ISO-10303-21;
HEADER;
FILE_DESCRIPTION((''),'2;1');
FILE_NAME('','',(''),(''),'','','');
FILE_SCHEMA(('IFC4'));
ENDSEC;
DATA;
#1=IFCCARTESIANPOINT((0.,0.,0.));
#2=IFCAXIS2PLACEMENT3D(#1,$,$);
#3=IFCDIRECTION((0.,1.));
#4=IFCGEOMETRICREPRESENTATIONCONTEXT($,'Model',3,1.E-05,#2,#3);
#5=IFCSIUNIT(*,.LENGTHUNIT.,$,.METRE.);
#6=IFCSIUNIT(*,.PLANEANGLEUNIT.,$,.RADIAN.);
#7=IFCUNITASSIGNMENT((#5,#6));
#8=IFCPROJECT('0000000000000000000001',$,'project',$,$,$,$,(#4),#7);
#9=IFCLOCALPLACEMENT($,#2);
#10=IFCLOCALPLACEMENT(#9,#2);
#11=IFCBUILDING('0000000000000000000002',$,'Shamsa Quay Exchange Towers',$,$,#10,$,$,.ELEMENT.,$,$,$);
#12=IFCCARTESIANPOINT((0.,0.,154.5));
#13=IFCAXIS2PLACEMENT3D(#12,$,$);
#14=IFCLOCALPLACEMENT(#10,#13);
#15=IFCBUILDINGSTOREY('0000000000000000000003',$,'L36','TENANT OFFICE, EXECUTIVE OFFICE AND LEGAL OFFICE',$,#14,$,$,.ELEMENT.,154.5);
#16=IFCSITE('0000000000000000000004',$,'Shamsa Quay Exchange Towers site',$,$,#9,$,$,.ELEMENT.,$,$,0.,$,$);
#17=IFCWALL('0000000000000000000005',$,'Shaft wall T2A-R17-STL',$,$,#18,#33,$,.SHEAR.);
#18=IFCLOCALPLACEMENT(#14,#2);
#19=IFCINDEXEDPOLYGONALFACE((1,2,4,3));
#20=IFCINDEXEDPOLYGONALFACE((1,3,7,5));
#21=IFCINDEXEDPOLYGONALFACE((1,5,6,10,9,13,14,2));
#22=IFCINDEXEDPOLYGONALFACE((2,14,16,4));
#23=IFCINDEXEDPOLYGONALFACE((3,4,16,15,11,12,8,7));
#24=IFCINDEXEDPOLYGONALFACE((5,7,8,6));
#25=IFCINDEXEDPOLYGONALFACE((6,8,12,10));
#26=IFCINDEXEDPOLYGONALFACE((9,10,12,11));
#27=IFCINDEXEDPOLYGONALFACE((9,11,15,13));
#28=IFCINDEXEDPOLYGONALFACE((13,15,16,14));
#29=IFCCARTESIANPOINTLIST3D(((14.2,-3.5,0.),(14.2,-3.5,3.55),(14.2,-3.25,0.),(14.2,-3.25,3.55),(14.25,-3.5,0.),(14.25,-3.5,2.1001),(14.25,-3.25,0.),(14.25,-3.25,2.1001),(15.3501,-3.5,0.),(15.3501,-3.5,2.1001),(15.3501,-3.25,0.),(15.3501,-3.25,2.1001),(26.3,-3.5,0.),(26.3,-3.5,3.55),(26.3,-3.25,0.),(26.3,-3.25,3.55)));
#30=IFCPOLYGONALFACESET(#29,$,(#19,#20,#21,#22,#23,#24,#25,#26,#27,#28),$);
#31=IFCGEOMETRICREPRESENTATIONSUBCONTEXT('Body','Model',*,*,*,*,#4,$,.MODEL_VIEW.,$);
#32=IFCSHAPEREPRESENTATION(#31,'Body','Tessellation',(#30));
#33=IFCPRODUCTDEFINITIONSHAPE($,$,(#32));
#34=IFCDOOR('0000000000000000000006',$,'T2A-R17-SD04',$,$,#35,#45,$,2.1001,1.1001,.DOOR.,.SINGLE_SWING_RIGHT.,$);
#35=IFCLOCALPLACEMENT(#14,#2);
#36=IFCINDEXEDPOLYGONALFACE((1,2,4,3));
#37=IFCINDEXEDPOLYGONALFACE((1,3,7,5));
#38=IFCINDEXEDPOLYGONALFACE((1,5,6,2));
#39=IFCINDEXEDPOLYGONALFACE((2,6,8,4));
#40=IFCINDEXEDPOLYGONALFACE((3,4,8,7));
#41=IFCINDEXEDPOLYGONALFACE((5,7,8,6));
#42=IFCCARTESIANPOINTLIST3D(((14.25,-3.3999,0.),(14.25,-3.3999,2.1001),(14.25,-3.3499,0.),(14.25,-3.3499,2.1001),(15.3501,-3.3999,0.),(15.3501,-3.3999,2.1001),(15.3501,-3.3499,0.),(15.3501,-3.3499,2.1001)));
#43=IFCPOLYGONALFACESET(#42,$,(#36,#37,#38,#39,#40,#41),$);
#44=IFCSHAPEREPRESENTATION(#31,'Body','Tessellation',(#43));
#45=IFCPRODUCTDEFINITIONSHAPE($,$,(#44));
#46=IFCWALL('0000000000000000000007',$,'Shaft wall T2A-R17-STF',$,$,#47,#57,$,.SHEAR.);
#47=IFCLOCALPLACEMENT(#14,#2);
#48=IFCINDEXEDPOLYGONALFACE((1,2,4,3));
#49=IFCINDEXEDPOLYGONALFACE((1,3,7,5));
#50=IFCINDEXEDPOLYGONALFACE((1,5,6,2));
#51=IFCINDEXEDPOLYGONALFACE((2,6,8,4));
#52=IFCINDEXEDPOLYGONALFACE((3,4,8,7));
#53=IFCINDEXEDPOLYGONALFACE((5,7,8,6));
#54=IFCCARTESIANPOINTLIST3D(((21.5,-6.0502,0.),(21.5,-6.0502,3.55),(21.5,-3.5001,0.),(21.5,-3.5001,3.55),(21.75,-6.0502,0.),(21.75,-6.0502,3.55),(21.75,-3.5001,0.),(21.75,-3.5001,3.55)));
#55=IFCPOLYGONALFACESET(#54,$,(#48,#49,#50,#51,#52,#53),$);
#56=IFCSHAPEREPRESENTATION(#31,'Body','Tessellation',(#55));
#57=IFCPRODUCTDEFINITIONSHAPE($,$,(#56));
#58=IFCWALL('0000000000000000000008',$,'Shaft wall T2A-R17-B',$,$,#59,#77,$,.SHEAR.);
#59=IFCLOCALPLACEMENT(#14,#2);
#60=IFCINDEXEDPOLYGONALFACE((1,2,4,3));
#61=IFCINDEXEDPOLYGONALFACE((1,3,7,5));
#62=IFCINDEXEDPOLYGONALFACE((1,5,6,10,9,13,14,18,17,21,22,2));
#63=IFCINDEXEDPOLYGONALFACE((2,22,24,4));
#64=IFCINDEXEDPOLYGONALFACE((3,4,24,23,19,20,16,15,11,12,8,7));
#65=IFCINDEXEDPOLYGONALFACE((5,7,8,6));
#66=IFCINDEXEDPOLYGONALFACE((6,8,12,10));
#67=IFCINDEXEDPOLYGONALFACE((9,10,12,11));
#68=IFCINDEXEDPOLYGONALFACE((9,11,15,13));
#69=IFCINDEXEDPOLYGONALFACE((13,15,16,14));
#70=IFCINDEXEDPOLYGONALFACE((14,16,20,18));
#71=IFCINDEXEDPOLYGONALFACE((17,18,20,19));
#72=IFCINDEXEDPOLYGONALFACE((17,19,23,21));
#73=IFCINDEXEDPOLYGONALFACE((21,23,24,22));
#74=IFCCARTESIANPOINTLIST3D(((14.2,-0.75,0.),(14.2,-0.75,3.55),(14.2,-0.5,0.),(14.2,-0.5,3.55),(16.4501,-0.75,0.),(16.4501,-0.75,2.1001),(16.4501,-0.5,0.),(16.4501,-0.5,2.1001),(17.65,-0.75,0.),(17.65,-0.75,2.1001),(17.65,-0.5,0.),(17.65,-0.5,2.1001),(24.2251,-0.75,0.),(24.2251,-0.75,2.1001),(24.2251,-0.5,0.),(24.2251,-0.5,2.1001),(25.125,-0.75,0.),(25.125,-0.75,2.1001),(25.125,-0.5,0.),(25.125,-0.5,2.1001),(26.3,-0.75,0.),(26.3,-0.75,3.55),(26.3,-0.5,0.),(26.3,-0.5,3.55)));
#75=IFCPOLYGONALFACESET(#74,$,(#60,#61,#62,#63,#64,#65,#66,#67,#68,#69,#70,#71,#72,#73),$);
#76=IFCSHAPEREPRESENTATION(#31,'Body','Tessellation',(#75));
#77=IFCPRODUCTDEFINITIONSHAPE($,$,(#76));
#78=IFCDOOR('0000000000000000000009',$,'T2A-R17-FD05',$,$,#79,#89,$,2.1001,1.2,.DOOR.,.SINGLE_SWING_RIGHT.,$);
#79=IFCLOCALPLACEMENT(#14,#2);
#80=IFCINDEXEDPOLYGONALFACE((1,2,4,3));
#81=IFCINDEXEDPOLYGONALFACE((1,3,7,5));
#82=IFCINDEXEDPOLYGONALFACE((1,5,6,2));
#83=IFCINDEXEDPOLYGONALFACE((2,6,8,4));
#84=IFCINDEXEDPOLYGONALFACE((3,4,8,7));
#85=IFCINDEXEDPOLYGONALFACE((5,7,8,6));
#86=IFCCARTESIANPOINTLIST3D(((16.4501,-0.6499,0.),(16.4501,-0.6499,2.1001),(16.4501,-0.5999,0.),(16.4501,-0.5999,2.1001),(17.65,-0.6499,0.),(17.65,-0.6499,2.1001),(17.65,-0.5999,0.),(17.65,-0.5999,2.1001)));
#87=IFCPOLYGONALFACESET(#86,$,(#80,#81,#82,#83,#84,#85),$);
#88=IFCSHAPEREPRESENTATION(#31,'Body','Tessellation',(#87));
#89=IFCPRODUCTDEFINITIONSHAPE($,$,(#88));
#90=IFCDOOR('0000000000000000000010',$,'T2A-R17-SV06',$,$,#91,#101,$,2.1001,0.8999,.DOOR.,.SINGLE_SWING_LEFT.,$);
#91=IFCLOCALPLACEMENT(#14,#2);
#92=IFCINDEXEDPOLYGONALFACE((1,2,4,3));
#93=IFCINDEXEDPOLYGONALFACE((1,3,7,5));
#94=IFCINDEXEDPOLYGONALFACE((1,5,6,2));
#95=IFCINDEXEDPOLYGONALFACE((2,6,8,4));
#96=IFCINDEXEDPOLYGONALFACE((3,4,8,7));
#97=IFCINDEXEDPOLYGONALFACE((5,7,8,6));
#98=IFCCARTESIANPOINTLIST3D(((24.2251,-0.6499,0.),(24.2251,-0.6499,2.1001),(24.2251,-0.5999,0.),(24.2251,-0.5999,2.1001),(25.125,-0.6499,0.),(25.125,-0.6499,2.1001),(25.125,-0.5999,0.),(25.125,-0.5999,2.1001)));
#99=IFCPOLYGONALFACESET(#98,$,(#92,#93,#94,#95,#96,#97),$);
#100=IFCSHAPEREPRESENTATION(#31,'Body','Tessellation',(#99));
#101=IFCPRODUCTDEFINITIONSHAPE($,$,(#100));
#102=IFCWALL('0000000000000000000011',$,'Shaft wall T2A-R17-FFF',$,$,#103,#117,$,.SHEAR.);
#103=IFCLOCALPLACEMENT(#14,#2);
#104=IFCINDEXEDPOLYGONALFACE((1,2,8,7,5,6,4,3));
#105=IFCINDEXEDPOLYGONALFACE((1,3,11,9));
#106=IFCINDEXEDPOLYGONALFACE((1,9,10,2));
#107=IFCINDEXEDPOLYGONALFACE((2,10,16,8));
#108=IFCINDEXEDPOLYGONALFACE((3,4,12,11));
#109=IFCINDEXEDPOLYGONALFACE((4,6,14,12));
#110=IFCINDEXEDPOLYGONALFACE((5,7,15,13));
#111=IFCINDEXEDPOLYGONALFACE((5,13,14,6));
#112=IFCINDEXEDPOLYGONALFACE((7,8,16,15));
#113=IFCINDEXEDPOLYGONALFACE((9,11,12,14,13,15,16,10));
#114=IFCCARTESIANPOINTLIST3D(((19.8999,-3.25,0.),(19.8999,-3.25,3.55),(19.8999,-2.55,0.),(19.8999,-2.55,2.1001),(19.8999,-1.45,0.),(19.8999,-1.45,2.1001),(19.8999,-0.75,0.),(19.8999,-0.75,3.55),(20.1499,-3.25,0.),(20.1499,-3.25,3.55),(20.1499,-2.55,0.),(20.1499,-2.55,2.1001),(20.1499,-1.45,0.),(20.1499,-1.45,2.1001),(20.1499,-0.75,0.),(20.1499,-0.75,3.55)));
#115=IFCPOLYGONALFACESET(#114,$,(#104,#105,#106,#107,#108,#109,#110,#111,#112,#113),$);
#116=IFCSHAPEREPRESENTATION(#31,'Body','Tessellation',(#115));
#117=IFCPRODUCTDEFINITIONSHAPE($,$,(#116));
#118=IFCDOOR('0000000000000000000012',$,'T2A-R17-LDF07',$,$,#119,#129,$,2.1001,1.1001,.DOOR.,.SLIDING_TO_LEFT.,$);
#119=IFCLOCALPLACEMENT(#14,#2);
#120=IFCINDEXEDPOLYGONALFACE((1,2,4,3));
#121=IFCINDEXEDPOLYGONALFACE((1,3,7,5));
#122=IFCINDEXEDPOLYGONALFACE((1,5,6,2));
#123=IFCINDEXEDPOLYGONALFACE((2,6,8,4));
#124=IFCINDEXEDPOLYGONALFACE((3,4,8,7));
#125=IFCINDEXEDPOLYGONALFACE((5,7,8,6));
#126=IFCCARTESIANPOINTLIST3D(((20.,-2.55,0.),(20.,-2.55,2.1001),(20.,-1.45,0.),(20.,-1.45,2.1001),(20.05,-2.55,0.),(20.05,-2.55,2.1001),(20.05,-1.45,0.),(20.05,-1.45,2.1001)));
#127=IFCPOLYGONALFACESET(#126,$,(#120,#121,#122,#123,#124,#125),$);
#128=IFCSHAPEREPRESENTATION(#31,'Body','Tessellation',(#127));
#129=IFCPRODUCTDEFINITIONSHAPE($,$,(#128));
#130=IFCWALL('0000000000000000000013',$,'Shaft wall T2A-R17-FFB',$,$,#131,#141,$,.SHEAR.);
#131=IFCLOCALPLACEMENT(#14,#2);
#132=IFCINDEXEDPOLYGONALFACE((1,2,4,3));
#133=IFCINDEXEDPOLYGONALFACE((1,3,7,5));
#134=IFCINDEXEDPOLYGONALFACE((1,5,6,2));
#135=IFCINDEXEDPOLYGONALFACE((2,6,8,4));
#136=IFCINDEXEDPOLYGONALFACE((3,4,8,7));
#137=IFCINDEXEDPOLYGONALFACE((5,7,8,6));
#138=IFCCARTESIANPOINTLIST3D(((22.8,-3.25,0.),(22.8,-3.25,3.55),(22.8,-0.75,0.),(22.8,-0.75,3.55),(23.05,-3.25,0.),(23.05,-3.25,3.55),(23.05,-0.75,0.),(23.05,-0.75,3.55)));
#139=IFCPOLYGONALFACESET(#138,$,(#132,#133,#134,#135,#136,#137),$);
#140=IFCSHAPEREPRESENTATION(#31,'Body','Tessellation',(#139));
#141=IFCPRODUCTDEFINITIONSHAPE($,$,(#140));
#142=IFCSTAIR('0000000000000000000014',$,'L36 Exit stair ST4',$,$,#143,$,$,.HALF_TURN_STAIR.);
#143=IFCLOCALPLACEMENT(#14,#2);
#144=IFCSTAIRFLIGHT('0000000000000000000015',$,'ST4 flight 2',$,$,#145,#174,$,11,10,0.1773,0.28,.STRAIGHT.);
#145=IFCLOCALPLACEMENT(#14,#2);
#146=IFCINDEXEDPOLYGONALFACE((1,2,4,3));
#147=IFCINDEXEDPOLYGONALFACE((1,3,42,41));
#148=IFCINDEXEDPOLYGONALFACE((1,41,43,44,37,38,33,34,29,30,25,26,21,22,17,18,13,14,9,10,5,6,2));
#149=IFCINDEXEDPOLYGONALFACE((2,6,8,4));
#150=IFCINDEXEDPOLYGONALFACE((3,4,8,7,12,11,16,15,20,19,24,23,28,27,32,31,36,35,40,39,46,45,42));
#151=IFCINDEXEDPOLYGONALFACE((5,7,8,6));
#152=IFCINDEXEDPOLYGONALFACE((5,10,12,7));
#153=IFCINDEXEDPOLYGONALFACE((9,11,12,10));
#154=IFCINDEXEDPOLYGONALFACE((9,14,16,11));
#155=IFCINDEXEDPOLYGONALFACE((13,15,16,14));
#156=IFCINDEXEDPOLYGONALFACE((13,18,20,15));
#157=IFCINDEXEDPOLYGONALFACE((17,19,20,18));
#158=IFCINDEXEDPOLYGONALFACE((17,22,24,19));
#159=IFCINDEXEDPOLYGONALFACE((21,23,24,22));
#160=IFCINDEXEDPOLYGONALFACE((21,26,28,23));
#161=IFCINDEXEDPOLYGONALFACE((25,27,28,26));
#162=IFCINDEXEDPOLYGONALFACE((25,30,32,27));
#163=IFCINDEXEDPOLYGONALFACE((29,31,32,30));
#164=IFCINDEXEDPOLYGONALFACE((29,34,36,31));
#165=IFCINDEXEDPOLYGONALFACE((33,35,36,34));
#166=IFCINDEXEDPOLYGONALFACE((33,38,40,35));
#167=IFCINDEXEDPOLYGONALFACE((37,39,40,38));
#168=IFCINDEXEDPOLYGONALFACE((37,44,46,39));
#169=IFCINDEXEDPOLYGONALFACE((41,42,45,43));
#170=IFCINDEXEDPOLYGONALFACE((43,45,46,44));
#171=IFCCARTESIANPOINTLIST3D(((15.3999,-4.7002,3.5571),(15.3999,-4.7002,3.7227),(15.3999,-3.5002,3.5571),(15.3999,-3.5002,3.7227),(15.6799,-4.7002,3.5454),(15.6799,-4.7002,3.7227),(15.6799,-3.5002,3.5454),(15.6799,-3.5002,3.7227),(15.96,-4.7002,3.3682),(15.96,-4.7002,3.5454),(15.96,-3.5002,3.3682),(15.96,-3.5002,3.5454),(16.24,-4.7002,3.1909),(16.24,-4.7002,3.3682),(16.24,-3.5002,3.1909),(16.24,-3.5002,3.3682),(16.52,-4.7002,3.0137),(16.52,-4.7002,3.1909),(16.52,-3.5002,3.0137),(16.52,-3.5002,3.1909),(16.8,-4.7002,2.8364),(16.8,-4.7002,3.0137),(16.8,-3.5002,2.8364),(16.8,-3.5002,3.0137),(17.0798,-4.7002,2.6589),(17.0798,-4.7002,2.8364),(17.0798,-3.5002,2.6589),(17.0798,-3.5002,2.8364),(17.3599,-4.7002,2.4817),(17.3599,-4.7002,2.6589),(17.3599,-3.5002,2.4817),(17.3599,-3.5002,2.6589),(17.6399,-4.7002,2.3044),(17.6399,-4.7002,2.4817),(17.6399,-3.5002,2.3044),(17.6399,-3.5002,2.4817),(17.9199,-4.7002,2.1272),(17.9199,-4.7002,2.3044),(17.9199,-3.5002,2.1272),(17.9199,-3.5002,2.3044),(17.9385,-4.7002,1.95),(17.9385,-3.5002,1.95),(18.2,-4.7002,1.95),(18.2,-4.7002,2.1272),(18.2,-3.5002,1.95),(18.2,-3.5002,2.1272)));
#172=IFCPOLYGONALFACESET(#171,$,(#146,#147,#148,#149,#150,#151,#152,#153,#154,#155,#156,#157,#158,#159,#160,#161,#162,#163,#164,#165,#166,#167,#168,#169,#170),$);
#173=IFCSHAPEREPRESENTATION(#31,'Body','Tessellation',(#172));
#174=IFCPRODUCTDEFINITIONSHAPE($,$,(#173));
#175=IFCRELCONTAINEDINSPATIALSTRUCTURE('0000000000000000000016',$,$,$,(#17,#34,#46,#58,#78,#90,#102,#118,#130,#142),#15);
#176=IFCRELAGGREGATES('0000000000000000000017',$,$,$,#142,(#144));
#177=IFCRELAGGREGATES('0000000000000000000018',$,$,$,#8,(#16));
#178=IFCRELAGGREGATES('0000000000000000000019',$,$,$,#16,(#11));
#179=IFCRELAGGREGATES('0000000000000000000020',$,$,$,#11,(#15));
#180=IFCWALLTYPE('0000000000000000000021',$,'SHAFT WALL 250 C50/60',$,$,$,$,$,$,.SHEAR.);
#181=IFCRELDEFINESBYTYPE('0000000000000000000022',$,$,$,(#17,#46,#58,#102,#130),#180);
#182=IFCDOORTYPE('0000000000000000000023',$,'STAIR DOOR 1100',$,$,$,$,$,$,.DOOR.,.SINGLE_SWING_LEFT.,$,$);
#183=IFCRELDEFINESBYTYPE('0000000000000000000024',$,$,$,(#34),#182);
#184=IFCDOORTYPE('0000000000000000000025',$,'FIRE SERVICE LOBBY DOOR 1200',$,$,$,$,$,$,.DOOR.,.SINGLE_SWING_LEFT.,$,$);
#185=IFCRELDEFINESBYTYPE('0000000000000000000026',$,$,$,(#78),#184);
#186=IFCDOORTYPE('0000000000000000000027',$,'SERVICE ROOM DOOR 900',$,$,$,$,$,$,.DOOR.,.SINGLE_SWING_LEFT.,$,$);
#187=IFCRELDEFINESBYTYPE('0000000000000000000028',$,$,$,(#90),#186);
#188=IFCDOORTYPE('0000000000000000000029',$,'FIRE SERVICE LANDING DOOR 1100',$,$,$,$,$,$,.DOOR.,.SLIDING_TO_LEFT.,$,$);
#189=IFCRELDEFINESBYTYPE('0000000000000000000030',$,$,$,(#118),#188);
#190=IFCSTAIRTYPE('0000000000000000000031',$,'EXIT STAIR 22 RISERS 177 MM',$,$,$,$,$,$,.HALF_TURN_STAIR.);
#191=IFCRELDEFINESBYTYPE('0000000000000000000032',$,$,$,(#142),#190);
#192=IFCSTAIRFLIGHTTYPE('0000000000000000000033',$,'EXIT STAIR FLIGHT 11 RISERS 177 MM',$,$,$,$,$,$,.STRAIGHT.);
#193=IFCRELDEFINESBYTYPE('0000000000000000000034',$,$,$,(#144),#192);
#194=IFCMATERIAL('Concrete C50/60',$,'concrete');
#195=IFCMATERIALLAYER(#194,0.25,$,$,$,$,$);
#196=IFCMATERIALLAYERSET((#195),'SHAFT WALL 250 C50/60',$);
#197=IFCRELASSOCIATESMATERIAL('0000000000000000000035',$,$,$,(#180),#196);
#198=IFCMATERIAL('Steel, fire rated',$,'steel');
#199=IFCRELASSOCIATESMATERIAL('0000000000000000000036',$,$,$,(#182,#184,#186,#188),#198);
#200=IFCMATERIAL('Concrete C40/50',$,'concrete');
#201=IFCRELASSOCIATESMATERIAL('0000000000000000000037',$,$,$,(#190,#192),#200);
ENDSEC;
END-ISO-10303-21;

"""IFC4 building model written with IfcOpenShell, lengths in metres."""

from ifc_helpers import new_model, si_unit, direction, frame, frame_2d, origin, place, context, subcontext, project, spatial, polyline, rectangle, outline, extrude, material, layer, layer_set, type_object, element, fill, aggregate, save


model = new_model("IFC4")

# Units and contexts
model_context = context("Model", 3, precision=1e-05, world=origin(), true_north=direction((0.0, 1.0)))
body_context = subcontext(model_context, "Body", "Model", "MODEL_VIEW")
ifc_project = project(units=[si_unit("LENGTHUNIT", "METRE"), si_unit("PLANEANGLEUNIT", "RADIAN")], contexts=[model_context])

# Site, building, storey
site_placement = place(None, origin())
site = spatial("IfcSite", under=ifc_project, at=site_placement, Name="Shamsa Quay Exchange Towers site", CompositionType="ELEMENT", RefElevation=0.0)
building_placement = place(site_placement, origin())
building = spatial("IfcBuilding", under=site, at=building_placement, Name="Shamsa Quay Exchange Towers", CompositionType="ELEMENT")
storey_placement = place(building_placement, frame((0.0, 0.0, 154.5)))
storey = spatial("IfcBuildingStorey", under=building, at=storey_placement, Name="L36", Description="TENANT OFFICE, EXECUTIVE OFFICE AND LEGAL OFFICE", CompositionType="ELEMENT", Elevation=154.5)

# Wall, opening, door
ifc_material_1 = material(Name="Concrete C50/60", Category="concrete")
ifc_layer_1 = layer(ifc_material_1, 0.25)
ifc_layer_set_1 = layer_set([ifc_layer_1], Name="SHAFT WALL 250 C50/60")
wall_type_1 = type_object("IfcWallType", Name="SHAFT WALL 250 C50/60", PredefinedType="SHEAR", material=ifc_layer_set_1)
wall_1_placement = place(storey_placement, frame((26.3, -3.375, 0.0), z_axis=(0.0, 0.0, 1.0), x_axis=(-1.0, 0.0, 0.0)))
wall_1 = element("IfcWall", 1, at=wall_1_placement, inside=storey, type_object=wall_type_1, Name="Shaft wall T2A-R17-STL", PredefinedType="SHEAR", context=body_context, shape_type="SweptSolid", body=[
    extrude(rectangle(XDim=12.1001, YDim=0.25, at=frame_2d((6.05, 0.0))), origin(), (0.0, 0.0, 1.0), 3.55),
])
opening_1_placement = place(wall_1_placement, frame((10.95, 0.0, 0.0)))
opening_1 = element("IfcOpeningElement", 2, at=opening_1_placement, cuts=wall_1, PredefinedType="OPENING", context=body_context, shape_type="SweptSolid", body=[
    extrude(rectangle(XDim=1.1001, YDim=2.1001, at=frame_2d((0.55, 1.05))), frame((0.0, 0.135, 0.0), z_axis=(0.0, -1.0, 0.0), x_axis=(1.0, 0.0, 0.0)), (0.0, 0.0, 1.0), 0.27),
])
ifc_material_2 = material(Name="Steel, fire rated", Category="steel")
door_type_1 = type_object("IfcDoorType", Name="STAIR DOOR 1100", OperationType="SINGLE_SWING_LEFT", PredefinedType="DOOR", material=ifc_material_2)
door_1_placement = place(opening_1_placement, origin())
door_1 = element("IfcDoor", 3, at=door_1_placement, inside=storey, type_object=door_type_1, Name="T2A-R17-SD04", OperationType="SINGLE_SWING_RIGHT", OverallHeight=2.1001, OverallWidth=1.1001, PredefinedType="DOOR", context=body_context, shape_type="SweptSolid", body=[
    extrude(rectangle(XDim=1.1001, YDim=2.1001, at=frame_2d((0.55, 1.05))), frame((0.0, 0.0249, 0.0), z_axis=(0.0, -1.0, 0.0), x_axis=(1.0, 0.0, 0.0)), (0.0, 0.0, 1.0), 0.05),
])
fill(opening_1, door_1)

# Wall
wall_2_placement = place(storey_placement, frame((21.625, -6.05, 0.0), z_axis=(0.0, 0.0, 1.0), x_axis=(0.0, 1.0, 0.0)))
element("IfcWall", 4, at=wall_2_placement, inside=storey, type_object=wall_type_1, Name="Shaft wall T2A-R17-STF", PredefinedType="SHEAR", context=body_context, shape_type="SweptSolid", body=[
    extrude(rectangle(XDim=2.55, YDim=0.25, at=frame_2d((1.2749, 0.0))), origin(), (0.0, 0.0, 1.0), 3.55),
])

# Wall, openings, doors
wall_3_placement = place(storey_placement, frame((26.3, -0.625, 0.0), z_axis=(0.0, 0.0, 1.0), x_axis=(-1.0, 0.0, 0.0)))
wall_3 = element("IfcWall", 5, at=wall_3_placement, inside=storey, type_object=wall_type_1, Name="Shaft wall T2A-R17-B", PredefinedType="SHEAR", context=body_context, shape_type="SweptSolid", body=[
    extrude(rectangle(XDim=12.1001, YDim=0.25, at=frame_2d((6.05, 0.0))), origin(), (0.0, 0.0, 1.0), 3.55),
])
opening_2_placement = place(wall_3_placement, frame((8.6499, 0.0, 0.0)))
opening_2 = element("IfcOpeningElement", 6, at=opening_2_placement, cuts=wall_3, PredefinedType="OPENING", context=body_context, shape_type="SweptSolid", body=[
    extrude(rectangle(XDim=1.2, YDim=2.1001, at=frame_2d((0.6001, 1.05))), frame((0.0, 0.135, 0.0), z_axis=(0.0, -1.0, 0.0), x_axis=(1.0, 0.0, 0.0)), (0.0, 0.0, 1.0), 0.27),
])
opening_3_placement = place(wall_3_placement, frame((1.175, 0.0, 0.0)))
opening_3 = element("IfcOpeningElement", 7, at=opening_3_placement, cuts=wall_3, PredefinedType="OPENING", context=body_context, shape_type="SweptSolid", body=[
    extrude(rectangle(XDim=0.8999, YDim=2.1001, at=frame_2d((0.45, 1.05))), frame((0.0, 0.135, 0.0), z_axis=(0.0, -1.0, 0.0), x_axis=(1.0, 0.0, 0.0)), (0.0, 0.0, 1.0), 0.27),
])
door_type_2 = type_object("IfcDoorType", Name="FIRE SERVICE LOBBY DOOR 1200", OperationType="SINGLE_SWING_LEFT", PredefinedType="DOOR", material=ifc_material_2)
door_2_placement = place(opening_2_placement, origin())
door_2 = element("IfcDoor", 8, at=door_2_placement, inside=storey, type_object=door_type_2, Name="T2A-R17-FD05", OperationType="SINGLE_SWING_RIGHT", OverallHeight=2.1001, OverallWidth=1.2, PredefinedType="DOOR", context=body_context, shape_type="SweptSolid", body=[
    extrude(rectangle(XDim=1.2, YDim=2.1001, at=frame_2d((0.6001, 1.05))), frame((0.0, 0.0249, 0.0), z_axis=(0.0, -1.0, 0.0), x_axis=(1.0, 0.0, 0.0)), (0.0, 0.0, 1.0), 0.05),
])
fill(opening_2, door_2)
door_type_3 = type_object("IfcDoorType", Name="SERVICE ROOM DOOR 900", OperationType="SINGLE_SWING_LEFT", PredefinedType="DOOR", material=ifc_material_2)
door_3_placement = place(opening_3_placement, origin())
door_3 = element("IfcDoor", 9, at=door_3_placement, inside=storey, type_object=door_type_3, Name="T2A-R17-SV06", OperationType="SINGLE_SWING_LEFT", OverallHeight=2.1001, OverallWidth=0.8999, PredefinedType="DOOR", context=body_context, shape_type="SweptSolid", body=[
    extrude(rectangle(XDim=0.8999, YDim=2.1001, at=frame_2d((0.45, 1.05))), frame((0.0, 0.0249, 0.0), z_axis=(0.0, -1.0, 0.0), x_axis=(1.0, 0.0, 0.0)), (0.0, 0.0, 1.0), 0.05),
])
fill(opening_3, door_3)

# Wall, opening, door
wall_4_placement = place(storey_placement, frame((20.0249, -3.25, 0.0), z_axis=(0.0, 0.0, 1.0), x_axis=(0.0, 1.0, 0.0)))
wall_4 = element("IfcWall", 10, at=wall_4_placement, inside=storey, type_object=wall_type_1, Name="Shaft wall T2A-R17-FFF", PredefinedType="SHEAR", context=body_context, shape_type="SweptSolid", body=[
    extrude(rectangle(XDim=2.5, YDim=0.25, at=frame_2d((1.25, 0.0))), origin(), (0.0, 0.0, 1.0), 3.55),
])
opening_4_placement = place(wall_4_placement, frame((0.7, 0.0, 0.0)))
opening_4 = element("IfcOpeningElement", 11, at=opening_4_placement, cuts=wall_4, PredefinedType="OPENING", context=body_context, shape_type="SweptSolid", body=[
    extrude(rectangle(XDim=1.1001, YDim=2.1001, at=frame_2d((0.55, 1.05))), frame((0.0, 0.135, 0.0), z_axis=(0.0, -1.0, 0.0), x_axis=(1.0, 0.0, 0.0)), (0.0, 0.0, 1.0), 0.27),
])
door_type_4 = type_object("IfcDoorType", Name="FIRE SERVICE LANDING DOOR 1100", OperationType="SLIDING_TO_LEFT", PredefinedType="DOOR", material=ifc_material_2)
door_4_placement = place(opening_4_placement, origin())
door_4 = element("IfcDoor", 12, at=door_4_placement, inside=storey, type_object=door_type_4, Name="T2A-R17-LDF07", OperationType="SLIDING_TO_LEFT", OverallHeight=2.1001, OverallWidth=1.1001, PredefinedType="DOOR", context=body_context, shape_type="SweptSolid", body=[
    extrude(rectangle(XDim=1.1001, YDim=2.1001, at=frame_2d((0.55, 1.05))), frame((0.0, 0.0249, 0.0), z_axis=(0.0, -1.0, 0.0), x_axis=(1.0, 0.0, 0.0)), (0.0, 0.0, 1.0), 0.05),
])
fill(opening_4, door_4)

# Wall
wall_5_placement = place(storey_placement, frame((22.925, -3.25, 0.0), z_axis=(0.0, 0.0, 1.0), x_axis=(0.0, 1.0, 0.0)))
element("IfcWall", 13, at=wall_5_placement, inside=storey, type_object=wall_type_1, Name="Shaft wall T2A-R17-FFB", PredefinedType="SHEAR", context=body_context, shape_type="SweptSolid", body=[
    extrude(rectangle(XDim=2.5, YDim=0.25, at=frame_2d((1.25, 0.0))), origin(), (0.0, 0.0, 1.0), 3.55),
])

# Stair, stair flight
ifc_material_3 = material(Name="Concrete C40/50", Category="concrete")
stair_type = type_object("IfcStairType", Name="EXIT STAIR 22 RISERS 177 MM", PredefinedType="HALF_TURN_STAIR", material=ifc_material_3)
stair_placement = place(storey_placement, origin())
stair = element("IfcStair", 14, at=stair_placement, inside=storey, type_object=stair_type, Name="L36 Exit stair ST4", PredefinedType="HALF_TURN_STAIR")
stair_flight_type = type_object("IfcStairFlightType", Name="EXIT STAIR FLIGHT 11 RISERS 177 MM", PredefinedType="STRAIGHT", material=ifc_material_3)
stair_flight_placement = place(storey_placement, frame((18.2, -4.1001, 1.95), z_axis=(0.0, 0.0, 1.0), x_axis=(-1.0, 0.0, 0.0)))
stair_flight = element("IfcStairFlight", 15, at=stair_flight_placement, type_object=stair_flight_type, Name="ST4 flight 2", NumberOfRisers=11, NumberOfTreads=10, PredefinedType="STRAIGHT", RiserHeight=0.1773, TreadLength=0.28, context=body_context, shape_type="SweptSolid", body=[
    extrude(outline(polyline([(0.0, 0.0), (0.0, 0.1772), (0.28, 0.1772), (0.28, 0.3545), (0.5601, 0.3545), (0.5601, 0.5317), (0.8401, 0.5317), (0.8401, 0.709), (1.1201, 0.709), (1.1201, 0.8865), (1.3999, 0.8865), (1.3999, 1.0637), (1.6799, 1.0637), (1.6799, 1.241), (1.96, 1.241), (1.96, 1.4182), (2.24, 1.4182), (2.24, 1.5955), (2.52, 1.5955), (2.52, 1.7727), (2.8, 1.7727), (2.8, 1.95), (2.8, 1.6072), (0.2615, 0.0), (0.0, 0.0)])), frame((0.0, 0.6001, 0.0), z_axis=(0.0, -1.0, 0.0), x_axis=(1.0, 0.0, 0.0)), (0.0, 0.0, 1.0), 1.2),
])
aggregate(stair, [stair_flight])

save(model, "model.ifc")
